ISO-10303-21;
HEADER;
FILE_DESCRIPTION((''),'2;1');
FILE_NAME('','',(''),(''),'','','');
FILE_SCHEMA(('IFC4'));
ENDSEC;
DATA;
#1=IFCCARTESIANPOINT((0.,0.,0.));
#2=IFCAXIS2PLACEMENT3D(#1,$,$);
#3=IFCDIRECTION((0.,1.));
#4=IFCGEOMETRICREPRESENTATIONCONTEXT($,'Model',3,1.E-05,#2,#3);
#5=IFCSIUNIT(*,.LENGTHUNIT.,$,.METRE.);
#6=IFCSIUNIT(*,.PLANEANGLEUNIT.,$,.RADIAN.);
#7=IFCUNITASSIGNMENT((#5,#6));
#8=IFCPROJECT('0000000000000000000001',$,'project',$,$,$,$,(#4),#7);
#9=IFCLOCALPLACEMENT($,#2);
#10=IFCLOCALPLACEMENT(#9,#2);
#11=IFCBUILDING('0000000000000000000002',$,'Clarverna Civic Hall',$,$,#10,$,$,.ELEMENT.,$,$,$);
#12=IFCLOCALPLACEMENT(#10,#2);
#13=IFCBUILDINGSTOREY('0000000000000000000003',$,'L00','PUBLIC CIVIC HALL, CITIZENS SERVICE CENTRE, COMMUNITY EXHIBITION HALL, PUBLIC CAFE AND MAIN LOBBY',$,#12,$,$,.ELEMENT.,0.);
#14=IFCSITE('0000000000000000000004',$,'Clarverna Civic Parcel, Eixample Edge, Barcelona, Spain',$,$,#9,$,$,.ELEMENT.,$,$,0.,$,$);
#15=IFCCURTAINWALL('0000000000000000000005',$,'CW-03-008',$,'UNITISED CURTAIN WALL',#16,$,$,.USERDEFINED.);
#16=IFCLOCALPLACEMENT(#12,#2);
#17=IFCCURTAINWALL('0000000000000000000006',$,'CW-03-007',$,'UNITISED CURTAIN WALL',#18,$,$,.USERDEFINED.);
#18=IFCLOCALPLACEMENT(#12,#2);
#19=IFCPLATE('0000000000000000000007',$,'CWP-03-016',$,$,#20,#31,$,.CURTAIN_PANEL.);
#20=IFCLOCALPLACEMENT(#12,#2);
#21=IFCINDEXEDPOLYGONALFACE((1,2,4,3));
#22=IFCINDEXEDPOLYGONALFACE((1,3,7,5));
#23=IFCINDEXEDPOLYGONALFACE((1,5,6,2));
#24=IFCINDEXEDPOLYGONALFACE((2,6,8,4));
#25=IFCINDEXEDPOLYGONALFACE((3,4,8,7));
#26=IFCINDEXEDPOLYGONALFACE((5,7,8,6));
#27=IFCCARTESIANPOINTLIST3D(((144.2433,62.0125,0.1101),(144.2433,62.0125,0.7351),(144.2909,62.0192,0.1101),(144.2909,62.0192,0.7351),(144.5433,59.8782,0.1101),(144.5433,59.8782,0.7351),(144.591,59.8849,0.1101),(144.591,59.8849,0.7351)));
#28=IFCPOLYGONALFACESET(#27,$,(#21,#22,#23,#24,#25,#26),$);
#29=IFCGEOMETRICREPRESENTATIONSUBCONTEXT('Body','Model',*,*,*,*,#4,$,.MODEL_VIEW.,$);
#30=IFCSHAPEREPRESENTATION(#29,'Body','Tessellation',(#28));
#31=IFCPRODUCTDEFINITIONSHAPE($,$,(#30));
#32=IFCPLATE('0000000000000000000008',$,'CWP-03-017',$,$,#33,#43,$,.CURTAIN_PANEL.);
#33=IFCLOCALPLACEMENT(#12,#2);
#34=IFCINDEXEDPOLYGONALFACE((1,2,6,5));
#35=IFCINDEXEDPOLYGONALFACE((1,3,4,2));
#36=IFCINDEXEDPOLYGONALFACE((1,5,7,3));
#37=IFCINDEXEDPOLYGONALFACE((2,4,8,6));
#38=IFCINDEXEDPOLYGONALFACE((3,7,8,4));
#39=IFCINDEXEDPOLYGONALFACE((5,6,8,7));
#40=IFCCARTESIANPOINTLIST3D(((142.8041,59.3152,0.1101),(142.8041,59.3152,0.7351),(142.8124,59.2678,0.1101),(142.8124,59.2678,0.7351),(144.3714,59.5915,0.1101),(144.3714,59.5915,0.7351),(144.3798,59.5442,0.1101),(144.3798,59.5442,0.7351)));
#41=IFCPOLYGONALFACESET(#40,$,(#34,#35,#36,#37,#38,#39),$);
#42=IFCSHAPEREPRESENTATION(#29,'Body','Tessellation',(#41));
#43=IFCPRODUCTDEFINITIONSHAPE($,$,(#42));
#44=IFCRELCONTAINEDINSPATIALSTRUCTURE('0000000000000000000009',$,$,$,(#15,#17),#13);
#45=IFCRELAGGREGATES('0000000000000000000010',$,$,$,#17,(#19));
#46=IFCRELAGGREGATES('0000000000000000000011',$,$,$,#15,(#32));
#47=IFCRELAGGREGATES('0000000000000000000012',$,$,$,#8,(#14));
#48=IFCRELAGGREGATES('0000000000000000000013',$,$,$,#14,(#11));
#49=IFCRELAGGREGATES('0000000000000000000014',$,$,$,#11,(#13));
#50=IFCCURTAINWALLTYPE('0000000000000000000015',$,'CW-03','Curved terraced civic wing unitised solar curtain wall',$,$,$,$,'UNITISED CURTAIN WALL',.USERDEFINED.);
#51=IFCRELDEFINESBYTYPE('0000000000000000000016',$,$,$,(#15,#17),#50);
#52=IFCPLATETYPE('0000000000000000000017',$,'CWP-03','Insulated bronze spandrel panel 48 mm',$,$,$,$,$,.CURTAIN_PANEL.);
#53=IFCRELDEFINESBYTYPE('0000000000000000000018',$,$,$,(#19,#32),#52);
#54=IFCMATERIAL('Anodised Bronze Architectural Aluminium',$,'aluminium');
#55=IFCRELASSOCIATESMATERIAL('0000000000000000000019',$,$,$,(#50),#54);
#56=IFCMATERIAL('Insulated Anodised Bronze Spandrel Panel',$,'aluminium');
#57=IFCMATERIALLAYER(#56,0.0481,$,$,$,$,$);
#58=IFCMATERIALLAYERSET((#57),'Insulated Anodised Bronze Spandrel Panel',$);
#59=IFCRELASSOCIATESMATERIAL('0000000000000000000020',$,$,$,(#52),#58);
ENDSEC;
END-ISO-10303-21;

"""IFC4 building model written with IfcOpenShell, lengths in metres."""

from ifc_helpers import new_model, si_unit, direction, frame, frame_2d, origin, place, context, subcontext, project, spatial, rectangle, extrude, material, layer, layer_set, type_object, element, aggregate, save


model = new_model("IFC4")

# Units and contexts
model_context = context("Model", 3, precision=1e-05, world=origin(), true_north=direction((0.0, 1.0)))
body_context = subcontext(model_context, "Body", "Model", "MODEL_VIEW")
ifc_project = project(units=[si_unit("LENGTHUNIT", "METRE"), si_unit("PLANEANGLEUNIT", "RADIAN")], contexts=[model_context])

# Site, building, storey
site_placement = place(None, origin())
site = spatial("IfcSite", under=ifc_project, at=site_placement, Name="Clarverna Civic Parcel, Eixample Edge, Barcelona, Spain", CompositionType="ELEMENT", RefElevation=0.0)
building_placement = place(site_placement, origin())
building = spatial("IfcBuilding", under=site, at=building_placement, Name="Clarverna Civic Hall", CompositionType="ELEMENT")
storey_placement = place(building_placement, origin())
storey = spatial("IfcBuildingStorey", under=building, at=storey_placement, Name="L00", Description="PUBLIC CIVIC HALL, CITIZENS SERVICE CENTRE, COMMUNITY EXHIBITION HALL, PUBLIC CAFE AND MAIN LOBBY", CompositionType="ELEMENT", Elevation=0.0)

# Curtain wall
ifc_material_1 = material(Name="Anodised Bronze Architectural Aluminium", Category="aluminium")
curtain_wall_type = type_object("IfcCurtainWallType", Name="CW-03", Description="Curved terraced civic wing unitised solar curtain wall", ElementType="UNITISED CURTAIN WALL", PredefinedType="USERDEFINED", material=ifc_material_1)
curtain_wall_1_placement = place(storey_placement, origin())
curtain_wall_1 = element("IfcCurtainWall", 1, at=curtain_wall_1_placement, inside=storey, type_object=curtain_wall_type, Name="CW-03-008", ObjectType="UNITISED CURTAIN WALL", PredefinedType="USERDEFINED")

# Curtain wall
curtain_wall_2_placement = place(storey_placement, origin())
curtain_wall_2 = element("IfcCurtainWall", 2, at=curtain_wall_2_placement, inside=storey, type_object=curtain_wall_type, Name="CW-03-007", ObjectType="UNITISED CURTAIN WALL", PredefinedType="USERDEFINED")

# Plates
ifc_material_2 = material(Name="Insulated Anodised Bronze Spandrel Panel", Category="aluminium")
ifc_layer_1 = layer(ifc_material_2, 0.0481)
ifc_layer_set_1 = layer_set([ifc_layer_1], Name="Insulated Anodised Bronze Spandrel Panel")
plate_type_1 = type_object("IfcPlateType", Name="CWP-03", Description="Insulated bronze spandrel panel 48 mm", PredefinedType="CURTAIN_PANEL", material=ifc_layer_set_1)
plate_1_placement = place(storey_placement, frame((144.2671, 62.0159, 0.1101), z_axis=(0.0, 0.0, 1.0), x_axis=(0.139217, -0.990262, 0.0)))
plate_1 = element("IfcPlate", 3, at=plate_1_placement, type_object=plate_type_1, Name="CWP-03-016", PredefinedType="CURTAIN_PANEL", context=body_context, shape_type="SweptSolid", body=[
    extrude(rectangle(XDim=2.1553, YDim=0.0481, at=frame_2d((1.0776, 0.0))), origin(), (0.0, 0.0, 1.0), 0.625),
])
aggregate(curtain_wall_2, [plate_1])
plate_2_placement = place(storey_placement, frame((144.3757, 59.5679, 0.1101), z_axis=(0.0, 0.0, 1.0), x_axis=(-0.984808, -0.173645, 0.0)))
plate_2 = element("IfcPlate", 4, at=plate_2_placement, type_object=plate_type_1, Name="CWP-03-017", PredefinedType="CURTAIN_PANEL", context=body_context, shape_type="SweptSolid", body=[
    extrude(rectangle(XDim=1.5916, YDim=0.0481, at=frame_2d((0.7959, 0.0))), origin(), (0.0, 0.0, 1.0), 0.625),
])
aggregate(curtain_wall_1, [plate_2])

save(model, "model.ifc")
